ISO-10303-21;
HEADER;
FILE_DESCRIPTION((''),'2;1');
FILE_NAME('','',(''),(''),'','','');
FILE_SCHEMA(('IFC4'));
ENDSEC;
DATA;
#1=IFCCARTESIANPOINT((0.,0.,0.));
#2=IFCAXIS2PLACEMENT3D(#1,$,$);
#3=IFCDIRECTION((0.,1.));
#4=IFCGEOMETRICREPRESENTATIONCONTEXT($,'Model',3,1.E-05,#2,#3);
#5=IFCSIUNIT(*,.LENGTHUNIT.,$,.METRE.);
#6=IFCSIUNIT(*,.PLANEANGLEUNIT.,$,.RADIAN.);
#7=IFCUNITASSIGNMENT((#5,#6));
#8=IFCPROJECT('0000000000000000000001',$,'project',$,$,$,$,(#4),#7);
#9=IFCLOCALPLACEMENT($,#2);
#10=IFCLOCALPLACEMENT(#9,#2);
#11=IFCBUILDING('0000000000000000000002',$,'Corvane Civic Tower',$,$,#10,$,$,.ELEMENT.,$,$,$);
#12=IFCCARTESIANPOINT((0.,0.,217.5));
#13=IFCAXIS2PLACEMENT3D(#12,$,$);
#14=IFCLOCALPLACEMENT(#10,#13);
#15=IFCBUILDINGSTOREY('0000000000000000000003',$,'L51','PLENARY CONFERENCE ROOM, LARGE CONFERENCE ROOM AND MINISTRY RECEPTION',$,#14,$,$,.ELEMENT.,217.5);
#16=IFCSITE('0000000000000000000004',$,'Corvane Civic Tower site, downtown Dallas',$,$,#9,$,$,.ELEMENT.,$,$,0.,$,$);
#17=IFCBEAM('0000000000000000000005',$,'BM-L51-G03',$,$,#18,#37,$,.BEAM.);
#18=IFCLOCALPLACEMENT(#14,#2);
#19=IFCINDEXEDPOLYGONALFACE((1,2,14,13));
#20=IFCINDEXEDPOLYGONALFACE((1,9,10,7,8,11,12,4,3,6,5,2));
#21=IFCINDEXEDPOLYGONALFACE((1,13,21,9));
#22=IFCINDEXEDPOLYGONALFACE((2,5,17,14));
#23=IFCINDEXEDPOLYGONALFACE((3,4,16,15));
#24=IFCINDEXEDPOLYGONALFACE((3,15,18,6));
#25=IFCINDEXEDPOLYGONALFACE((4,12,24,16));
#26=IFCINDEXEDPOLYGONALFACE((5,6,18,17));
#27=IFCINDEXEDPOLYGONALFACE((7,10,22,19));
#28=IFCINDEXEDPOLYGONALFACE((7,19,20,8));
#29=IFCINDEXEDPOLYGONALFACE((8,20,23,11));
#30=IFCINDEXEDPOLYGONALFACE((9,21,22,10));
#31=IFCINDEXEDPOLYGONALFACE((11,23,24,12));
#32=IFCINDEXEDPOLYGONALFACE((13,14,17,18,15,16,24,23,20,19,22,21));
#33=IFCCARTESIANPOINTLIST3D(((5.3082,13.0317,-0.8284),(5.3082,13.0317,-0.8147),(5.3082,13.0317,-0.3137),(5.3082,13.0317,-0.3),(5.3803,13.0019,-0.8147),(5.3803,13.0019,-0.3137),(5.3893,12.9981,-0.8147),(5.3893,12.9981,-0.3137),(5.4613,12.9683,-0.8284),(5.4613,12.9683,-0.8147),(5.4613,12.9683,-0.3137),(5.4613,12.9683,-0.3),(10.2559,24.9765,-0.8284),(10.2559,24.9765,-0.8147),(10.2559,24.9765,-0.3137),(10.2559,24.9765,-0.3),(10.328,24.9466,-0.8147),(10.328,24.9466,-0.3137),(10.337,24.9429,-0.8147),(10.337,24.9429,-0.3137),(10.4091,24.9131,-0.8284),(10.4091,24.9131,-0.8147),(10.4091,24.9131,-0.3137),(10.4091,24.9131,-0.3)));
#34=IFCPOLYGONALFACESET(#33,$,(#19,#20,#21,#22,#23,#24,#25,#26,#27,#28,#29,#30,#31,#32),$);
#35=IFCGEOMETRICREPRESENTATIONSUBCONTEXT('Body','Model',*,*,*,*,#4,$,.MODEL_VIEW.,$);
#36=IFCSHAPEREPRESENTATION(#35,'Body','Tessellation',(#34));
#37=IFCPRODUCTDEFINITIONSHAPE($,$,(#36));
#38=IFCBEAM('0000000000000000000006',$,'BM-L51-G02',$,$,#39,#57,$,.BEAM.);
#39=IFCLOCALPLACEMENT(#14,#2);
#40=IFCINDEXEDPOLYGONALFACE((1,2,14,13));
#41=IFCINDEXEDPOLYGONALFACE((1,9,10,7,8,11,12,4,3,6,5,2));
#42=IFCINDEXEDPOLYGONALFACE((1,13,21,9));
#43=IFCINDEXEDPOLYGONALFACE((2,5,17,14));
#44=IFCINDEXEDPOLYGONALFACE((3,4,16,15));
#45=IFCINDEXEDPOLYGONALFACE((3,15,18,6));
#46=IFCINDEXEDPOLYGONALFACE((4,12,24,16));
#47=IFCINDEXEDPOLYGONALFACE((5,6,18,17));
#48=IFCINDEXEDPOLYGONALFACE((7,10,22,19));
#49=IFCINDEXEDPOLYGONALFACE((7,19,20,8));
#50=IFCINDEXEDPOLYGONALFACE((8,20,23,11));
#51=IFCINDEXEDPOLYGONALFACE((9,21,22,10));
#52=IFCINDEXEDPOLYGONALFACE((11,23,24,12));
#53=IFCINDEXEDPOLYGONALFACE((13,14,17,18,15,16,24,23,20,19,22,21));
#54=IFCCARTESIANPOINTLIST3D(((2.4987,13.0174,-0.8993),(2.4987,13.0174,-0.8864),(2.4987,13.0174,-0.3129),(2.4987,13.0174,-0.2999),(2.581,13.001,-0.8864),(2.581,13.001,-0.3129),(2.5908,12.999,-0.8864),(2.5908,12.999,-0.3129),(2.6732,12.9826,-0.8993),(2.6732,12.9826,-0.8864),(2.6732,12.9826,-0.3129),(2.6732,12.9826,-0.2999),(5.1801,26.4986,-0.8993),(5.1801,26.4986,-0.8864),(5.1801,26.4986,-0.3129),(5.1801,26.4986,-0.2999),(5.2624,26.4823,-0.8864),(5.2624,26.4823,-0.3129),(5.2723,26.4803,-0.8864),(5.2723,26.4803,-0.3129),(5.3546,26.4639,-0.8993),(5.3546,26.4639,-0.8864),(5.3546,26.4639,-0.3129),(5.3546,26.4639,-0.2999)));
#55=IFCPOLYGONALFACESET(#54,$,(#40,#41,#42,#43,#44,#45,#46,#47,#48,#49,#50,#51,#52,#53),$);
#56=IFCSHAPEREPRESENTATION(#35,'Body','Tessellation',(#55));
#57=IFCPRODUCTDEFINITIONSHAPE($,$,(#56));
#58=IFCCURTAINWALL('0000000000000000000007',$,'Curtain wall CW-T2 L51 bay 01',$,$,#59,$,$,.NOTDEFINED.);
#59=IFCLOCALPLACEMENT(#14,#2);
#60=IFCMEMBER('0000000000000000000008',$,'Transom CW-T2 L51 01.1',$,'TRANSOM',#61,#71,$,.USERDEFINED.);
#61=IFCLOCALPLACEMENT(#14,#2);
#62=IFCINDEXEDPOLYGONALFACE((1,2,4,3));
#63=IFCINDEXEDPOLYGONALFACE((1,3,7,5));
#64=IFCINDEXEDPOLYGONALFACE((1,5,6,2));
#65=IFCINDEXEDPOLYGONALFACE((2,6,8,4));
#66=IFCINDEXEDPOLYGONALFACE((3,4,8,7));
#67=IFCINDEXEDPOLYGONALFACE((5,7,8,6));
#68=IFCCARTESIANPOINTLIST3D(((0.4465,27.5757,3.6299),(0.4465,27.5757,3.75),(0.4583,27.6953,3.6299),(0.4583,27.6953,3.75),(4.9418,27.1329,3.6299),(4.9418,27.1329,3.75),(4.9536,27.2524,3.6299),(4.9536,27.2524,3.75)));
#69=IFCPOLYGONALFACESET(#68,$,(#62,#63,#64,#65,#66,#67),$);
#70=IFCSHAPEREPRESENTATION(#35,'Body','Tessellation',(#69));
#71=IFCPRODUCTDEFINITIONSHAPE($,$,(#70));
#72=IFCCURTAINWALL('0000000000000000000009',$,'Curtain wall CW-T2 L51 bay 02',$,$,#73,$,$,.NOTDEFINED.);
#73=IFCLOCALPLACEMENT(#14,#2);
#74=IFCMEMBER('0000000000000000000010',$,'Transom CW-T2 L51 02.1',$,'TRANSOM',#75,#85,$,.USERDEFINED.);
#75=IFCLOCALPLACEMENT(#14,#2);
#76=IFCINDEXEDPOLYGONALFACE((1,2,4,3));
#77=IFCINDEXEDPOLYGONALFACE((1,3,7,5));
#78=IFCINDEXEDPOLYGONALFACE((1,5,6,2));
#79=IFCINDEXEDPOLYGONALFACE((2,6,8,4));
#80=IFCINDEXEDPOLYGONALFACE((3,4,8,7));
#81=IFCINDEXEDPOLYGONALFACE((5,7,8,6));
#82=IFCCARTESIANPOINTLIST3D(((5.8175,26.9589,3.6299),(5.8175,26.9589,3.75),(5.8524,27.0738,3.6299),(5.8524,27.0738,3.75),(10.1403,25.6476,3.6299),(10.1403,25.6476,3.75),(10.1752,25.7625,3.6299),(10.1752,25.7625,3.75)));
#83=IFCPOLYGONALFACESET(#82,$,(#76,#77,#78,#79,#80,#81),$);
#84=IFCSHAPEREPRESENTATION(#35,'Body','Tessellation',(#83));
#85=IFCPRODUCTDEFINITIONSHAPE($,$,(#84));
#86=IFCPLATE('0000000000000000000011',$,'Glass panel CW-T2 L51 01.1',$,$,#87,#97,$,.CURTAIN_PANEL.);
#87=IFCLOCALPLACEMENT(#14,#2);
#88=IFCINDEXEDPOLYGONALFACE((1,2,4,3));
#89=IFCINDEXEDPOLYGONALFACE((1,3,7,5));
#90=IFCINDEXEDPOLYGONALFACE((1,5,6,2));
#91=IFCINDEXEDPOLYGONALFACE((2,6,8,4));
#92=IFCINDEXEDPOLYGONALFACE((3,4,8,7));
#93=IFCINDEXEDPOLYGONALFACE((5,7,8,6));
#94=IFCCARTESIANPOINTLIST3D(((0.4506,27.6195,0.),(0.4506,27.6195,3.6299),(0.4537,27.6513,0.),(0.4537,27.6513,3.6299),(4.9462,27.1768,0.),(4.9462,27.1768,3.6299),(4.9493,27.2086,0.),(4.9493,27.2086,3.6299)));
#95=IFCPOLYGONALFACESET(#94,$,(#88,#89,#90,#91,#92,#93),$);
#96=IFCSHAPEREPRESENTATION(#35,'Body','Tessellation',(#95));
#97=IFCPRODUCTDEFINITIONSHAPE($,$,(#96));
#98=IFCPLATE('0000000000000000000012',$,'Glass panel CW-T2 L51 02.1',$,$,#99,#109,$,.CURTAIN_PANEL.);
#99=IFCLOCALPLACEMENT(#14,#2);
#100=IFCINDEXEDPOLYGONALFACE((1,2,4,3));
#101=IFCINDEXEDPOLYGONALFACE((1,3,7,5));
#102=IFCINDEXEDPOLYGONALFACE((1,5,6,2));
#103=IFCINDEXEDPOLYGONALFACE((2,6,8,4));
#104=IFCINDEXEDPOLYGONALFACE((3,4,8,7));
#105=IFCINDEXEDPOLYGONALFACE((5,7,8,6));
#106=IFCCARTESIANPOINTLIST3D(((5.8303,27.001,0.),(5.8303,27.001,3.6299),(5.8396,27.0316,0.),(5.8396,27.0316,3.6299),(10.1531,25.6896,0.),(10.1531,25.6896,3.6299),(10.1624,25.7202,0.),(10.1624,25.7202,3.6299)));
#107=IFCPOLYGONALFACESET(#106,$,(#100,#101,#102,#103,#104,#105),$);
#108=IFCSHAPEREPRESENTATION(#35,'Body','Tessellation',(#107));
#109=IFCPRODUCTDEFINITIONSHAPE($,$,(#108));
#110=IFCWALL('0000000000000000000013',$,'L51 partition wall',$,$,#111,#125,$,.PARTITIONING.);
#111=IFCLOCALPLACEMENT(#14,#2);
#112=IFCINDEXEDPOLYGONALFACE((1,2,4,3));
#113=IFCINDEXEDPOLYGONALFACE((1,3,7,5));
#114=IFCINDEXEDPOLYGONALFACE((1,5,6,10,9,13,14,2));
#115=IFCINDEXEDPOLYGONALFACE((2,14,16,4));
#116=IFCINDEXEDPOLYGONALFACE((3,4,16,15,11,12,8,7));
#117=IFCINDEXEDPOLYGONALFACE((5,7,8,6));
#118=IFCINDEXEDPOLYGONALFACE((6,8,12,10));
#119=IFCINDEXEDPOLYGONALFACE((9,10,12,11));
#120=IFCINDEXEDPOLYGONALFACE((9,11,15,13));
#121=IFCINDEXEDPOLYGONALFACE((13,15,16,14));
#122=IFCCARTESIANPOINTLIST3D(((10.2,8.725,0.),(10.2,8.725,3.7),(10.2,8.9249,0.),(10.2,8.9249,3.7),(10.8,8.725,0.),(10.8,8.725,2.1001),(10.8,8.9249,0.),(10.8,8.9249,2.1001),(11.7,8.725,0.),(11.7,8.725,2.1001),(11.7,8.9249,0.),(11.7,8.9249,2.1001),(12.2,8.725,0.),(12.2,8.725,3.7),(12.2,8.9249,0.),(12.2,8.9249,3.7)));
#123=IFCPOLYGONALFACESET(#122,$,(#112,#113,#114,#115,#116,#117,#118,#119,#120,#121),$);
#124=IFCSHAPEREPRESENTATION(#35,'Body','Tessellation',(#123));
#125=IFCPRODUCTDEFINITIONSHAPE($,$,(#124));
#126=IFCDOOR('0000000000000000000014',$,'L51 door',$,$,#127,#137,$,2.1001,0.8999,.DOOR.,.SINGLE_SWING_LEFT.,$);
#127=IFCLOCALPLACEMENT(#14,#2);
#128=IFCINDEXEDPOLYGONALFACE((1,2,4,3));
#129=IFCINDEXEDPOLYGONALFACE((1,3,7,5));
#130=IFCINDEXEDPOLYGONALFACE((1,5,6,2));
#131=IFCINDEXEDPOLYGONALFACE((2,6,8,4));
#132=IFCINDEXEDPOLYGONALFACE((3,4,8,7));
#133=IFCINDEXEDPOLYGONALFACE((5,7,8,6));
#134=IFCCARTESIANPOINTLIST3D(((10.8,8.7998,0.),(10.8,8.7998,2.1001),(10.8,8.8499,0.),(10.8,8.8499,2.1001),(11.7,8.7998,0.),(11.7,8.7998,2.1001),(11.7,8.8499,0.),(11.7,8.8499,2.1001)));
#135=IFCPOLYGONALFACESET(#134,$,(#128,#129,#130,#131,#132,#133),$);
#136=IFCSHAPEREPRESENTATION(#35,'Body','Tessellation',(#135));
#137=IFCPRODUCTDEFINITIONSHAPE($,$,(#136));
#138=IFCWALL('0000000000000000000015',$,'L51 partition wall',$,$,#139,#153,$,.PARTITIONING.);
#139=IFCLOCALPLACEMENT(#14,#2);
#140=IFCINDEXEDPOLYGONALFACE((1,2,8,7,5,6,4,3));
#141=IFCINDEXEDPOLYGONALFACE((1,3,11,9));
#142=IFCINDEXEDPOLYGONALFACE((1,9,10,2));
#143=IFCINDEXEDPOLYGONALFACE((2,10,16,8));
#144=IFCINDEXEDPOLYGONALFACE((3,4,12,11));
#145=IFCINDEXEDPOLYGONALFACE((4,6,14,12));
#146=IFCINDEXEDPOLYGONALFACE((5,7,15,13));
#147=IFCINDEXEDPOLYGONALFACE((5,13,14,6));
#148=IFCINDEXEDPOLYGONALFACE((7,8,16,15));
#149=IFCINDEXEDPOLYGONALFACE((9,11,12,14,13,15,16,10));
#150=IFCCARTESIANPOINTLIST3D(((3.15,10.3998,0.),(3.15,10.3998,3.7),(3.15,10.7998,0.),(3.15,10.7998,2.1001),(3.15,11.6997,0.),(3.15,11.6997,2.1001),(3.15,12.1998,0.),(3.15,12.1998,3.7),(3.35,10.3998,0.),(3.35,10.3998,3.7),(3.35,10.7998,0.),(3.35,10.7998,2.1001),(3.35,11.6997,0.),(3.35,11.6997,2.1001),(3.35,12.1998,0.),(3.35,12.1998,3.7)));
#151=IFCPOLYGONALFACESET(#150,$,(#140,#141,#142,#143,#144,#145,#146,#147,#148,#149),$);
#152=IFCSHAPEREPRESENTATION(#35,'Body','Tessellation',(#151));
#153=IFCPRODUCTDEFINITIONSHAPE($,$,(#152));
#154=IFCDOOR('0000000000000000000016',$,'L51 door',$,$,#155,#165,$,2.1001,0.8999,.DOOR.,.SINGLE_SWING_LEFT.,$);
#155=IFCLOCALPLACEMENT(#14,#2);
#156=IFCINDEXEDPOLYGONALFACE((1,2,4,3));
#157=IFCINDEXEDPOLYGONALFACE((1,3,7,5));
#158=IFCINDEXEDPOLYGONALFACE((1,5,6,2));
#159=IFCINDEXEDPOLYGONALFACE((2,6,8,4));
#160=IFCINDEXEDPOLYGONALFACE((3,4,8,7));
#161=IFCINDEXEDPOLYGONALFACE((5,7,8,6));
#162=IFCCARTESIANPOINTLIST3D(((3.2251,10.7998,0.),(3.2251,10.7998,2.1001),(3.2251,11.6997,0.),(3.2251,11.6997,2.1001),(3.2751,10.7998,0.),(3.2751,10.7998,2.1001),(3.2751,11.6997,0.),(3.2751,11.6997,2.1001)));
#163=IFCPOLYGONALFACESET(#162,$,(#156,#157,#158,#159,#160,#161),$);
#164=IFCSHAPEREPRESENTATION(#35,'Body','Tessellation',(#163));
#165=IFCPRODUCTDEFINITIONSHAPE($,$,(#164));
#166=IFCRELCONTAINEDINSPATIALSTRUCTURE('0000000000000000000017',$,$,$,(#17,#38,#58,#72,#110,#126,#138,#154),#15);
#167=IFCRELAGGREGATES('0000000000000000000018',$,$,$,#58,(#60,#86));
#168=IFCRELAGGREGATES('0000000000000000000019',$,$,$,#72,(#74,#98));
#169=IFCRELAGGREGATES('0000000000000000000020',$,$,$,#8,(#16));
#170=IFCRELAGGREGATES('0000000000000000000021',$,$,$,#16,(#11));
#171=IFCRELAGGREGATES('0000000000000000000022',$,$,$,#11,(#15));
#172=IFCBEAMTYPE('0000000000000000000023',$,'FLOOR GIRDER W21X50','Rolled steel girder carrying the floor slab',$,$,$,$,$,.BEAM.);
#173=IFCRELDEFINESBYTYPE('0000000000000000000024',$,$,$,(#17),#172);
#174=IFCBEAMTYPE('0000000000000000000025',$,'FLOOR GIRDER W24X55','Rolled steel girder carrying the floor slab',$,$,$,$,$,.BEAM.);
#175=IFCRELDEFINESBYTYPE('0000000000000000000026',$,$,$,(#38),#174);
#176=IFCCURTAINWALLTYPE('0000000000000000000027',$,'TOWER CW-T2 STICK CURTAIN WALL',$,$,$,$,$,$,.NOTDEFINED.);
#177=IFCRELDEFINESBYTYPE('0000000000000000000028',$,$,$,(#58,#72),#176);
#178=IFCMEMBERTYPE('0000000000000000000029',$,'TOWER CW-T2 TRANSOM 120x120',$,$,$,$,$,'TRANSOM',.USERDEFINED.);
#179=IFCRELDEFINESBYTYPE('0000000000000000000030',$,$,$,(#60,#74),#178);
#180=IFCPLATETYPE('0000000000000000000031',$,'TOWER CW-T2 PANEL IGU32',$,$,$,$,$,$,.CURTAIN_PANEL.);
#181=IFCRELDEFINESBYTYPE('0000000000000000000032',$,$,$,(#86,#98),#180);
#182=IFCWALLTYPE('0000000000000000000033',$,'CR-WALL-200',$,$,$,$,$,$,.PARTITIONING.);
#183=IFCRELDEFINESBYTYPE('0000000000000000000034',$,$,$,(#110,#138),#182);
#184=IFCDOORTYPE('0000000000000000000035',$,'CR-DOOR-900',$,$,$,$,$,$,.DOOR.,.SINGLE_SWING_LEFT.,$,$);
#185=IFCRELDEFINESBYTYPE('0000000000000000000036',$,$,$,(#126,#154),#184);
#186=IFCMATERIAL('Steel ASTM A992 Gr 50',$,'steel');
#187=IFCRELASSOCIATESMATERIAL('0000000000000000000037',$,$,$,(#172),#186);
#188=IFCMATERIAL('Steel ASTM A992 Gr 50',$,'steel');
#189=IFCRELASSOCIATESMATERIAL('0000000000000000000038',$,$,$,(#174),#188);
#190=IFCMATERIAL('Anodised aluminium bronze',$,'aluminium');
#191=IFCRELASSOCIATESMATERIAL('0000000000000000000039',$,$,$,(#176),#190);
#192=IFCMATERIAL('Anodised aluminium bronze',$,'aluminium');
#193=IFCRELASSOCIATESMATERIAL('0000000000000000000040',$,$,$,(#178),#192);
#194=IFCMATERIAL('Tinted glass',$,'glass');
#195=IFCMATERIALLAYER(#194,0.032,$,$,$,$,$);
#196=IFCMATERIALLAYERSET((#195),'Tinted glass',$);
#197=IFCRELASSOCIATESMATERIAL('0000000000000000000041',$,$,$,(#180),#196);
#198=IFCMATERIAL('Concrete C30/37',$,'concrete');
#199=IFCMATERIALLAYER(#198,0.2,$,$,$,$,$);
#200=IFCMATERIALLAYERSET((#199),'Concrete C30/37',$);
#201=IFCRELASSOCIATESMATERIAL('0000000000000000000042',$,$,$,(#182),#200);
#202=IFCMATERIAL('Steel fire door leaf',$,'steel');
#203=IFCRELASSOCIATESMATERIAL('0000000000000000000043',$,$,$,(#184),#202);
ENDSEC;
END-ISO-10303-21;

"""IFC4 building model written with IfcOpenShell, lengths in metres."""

from ifc_helpers import new_model, si_unit, direction, frame, frame_2d, origin, origin_2d, place, context, subcontext, project, spatial, rectangle, i_section, extrude, material, layer, layer_set, material_profile, profile_set, type_object, element, fill, aggregate, save


model = new_model("IFC4")

# Units and contexts
model_context = context("Model", 3, precision=1e-05, world=origin(), true_north=direction((0.0, 1.0)))
body_context = subcontext(model_context, "Body", "Model", "MODEL_VIEW")
ifc_project = project(units=[si_unit("LENGTHUNIT", "METRE"), si_unit("PLANEANGLEUNIT", "RADIAN")], contexts=[model_context])

# Site, building, storey
site_placement = place(None, origin())
site = spatial("IfcSite", under=ifc_project, at=site_placement, Name="Corvane Civic Tower site, downtown Dallas", CompositionType="ELEMENT", RefElevation=0.0)
building_placement = place(site_placement, origin())
building = spatial("IfcBuilding", under=site, at=building_placement, Name="Corvane Civic Tower", CompositionType="ELEMENT")
storey_placement = place(building_placement, frame((0.0, 0.0, 217.5)))
storey = spatial("IfcBuildingStorey", under=building, at=storey_placement, Name="L51", Description="PLENARY CONFERENCE ROOM, LARGE CONFERENCE ROOM AND MINISTRY RECEPTION", CompositionType="ELEMENT", Elevation=217.5)

# Beams
ifc_material_1 = material(Name="Steel ASTM A992 Gr 50", Category="steel")
ifc_material_profile_1 = material_profile(ifc_material_1, i_section(OverallWidth=0.1658, OverallDepth=0.5283, WebThickness=0.0098, FlangeThickness=0.0137, at=origin_2d()), Name="W21X50")
ifc_profile_set_1 = profile_set([ifc_material_profile_1], Name="Steel ASTM A992 Gr 50")
beam_type_1 = type_object("IfcBeamType", Name="FLOOR GIRDER W21X50", Description="Rolled steel girder carrying the floor slab", PredefinedType="BEAM", material=ifc_profile_set_1)
beam_1_placement = place(storey_placement, frame((5.3848, 13.0, -0.5642), z_axis=(0.382686, 0.923878, 0.0), x_axis=(-0.923878, 0.382686, 0.0)))
element("IfcBeam", 1, at=beam_1_placement, inside=storey, type_object=beam_type_1, Name="BM-L51-G03", PredefinedType="BEAM", context=body_context, shape_type="SweptSolid", body=[
    extrude(i_section(OverallWidth=0.1658, OverallDepth=0.5283, WebThickness=0.0098, FlangeThickness=0.0137, at=origin_2d()), origin(), (0.0, 0.0, 1.0), 12.929),
])
ifc_material_2 = material(Name="Steel ASTM A992 Gr 50", Category="steel")
ifc_material_profile_2 = material_profile(ifc_material_2, i_section(OverallWidth=0.178, OverallDepth=0.5994, WebThickness=0.01, FlangeThickness=0.0129, at=origin_2d()), Name="W24X55")
ifc_profile_set_2 = profile_set([ifc_material_profile_2], Name="Steel ASTM A992 Gr 50")
beam_type_2 = type_object("IfcBeamType", Name="FLOOR GIRDER W24X55", Description="Rolled steel girder carrying the floor slab", PredefinedType="BEAM", material=ifc_profile_set_2)
beam_2_placement = place(storey_placement, frame((2.5859, 13.0, -0.5996), z_axis=(0.195078, 0.980788, 0.0), x_axis=(-0.980788, 0.195078, 0.0)))
element("IfcBeam", 2, at=beam_2_placement, inside=storey, type_object=beam_type_2, Name="BM-L51-G02", PredefinedType="BEAM", context=body_context, shape_type="SweptSolid", body=[
    extrude(i_section(OverallWidth=0.178, OverallDepth=0.5994, WebThickness=0.01, FlangeThickness=0.0129, at=origin_2d()), origin(), (0.0, 0.0, 1.0), 13.7454),
])

# Curtain walls, members
ifc_material_3 = material(Name="Anodised aluminium bronze", Category="aluminium")
curtain_wall_type = type_object("IfcCurtainWallType", Name="TOWER CW-T2 STICK CURTAIN WALL", PredefinedType="NOTDEFINED", material=ifc_material_3)
curtain_wall_1_placement = place(storey_placement, origin())
curtain_wall_1 = element("IfcCurtainWall", 3, at=curtain_wall_1_placement, inside=storey, type_object=curtain_wall_type, Name="Curtain wall CW-T2 L51 bay 01", PredefinedType="NOTDEFINED")
ifc_material_4 = material(Name="Anodised aluminium bronze", Category="aluminium")
ifc_material_profile_3 = material_profile(ifc_material_4, rectangle(XDim=0.1201, YDim=0.1201, at=origin_2d()), Name="TOWER CW-T2 TRANSOM 120x120")
ifc_profile_set_3 = profile_set([ifc_material_profile_3], Name="Anodised aluminium bronze")
member_type = type_object("IfcMemberType", Name="TOWER CW-T2 TRANSOM 120x120", ElementType="TRANSOM", PredefinedType="USERDEFINED", material=ifc_profile_set_3)
member_1_placement = place(storey_placement, frame((0.4524, 27.6355, 3.6899), z_axis=(0.995182, -0.098043, 0.0), x_axis=(0.098043, 0.995182, 0.0)))
member_1 = element("IfcMember", 4, at=member_1_placement, type_object=member_type, Name="Transom CW-T2 L51 01.1", ObjectType="TRANSOM", PredefinedType="USERDEFINED", context=body_context, shape_type="SweptSolid", body=[
    extrude(rectangle(XDim=0.1201, YDim=0.1201, at=origin_2d()), origin(), (0.0, 0.0, 1.0), 4.5171),
])
curtain_wall_2_placement = place(storey_placement, origin())
curtain_wall_2 = element("IfcCurtainWall", 5, at=curtain_wall_2_placement, inside=storey, type_object=curtain_wall_type, Name="Curtain wall CW-T2 L51 bay 02", PredefinedType="NOTDEFINED")
member_2_placement = place(storey_placement, frame((5.835, 27.0164, 3.6899), z_axis=(0.956941, -0.290282, 0.0), x_axis=(0.290282, 0.956941, 0.0)))
member_2 = element("IfcMember", 6, at=member_2_placement, type_object=member_type, Name="Transom CW-T2 L51 02.1", ObjectType="TRANSOM", PredefinedType="USERDEFINED", context=body_context, shape_type="SweptSolid", body=[
    extrude(rectangle(XDim=0.1201, YDim=0.1201, at=origin_2d()), origin(), (0.0, 0.0, 1.0), 4.5173),
])

# Plates
ifc_material_5 = material(Name="Tinted glass", Category="glass")
ifc_layer_1 = layer(ifc_material_5, 0.032)
ifc_layer_set_1 = layer_set([ifc_layer_1], Name="Tinted glass")
plate_type = type_object("IfcPlateType", Name="TOWER CW-T2 PANEL IGU32", PredefinedType="CURTAIN_PANEL", material=ifc_layer_set_1)
plate_1_placement = place(storey_placement, frame((2.7, 27.4141, 0.0), z_axis=(0.0, 0.0, 1.0), x_axis=(0.995187, -0.097993, 0.0)))
plate_1 = element("IfcPlate", 7, at=plate_1_placement, type_object=plate_type, Name="Glass panel CW-T2 L51 01.1", PredefinedType="CURTAIN_PANEL", context=body_context, shape_type="SweptSolid", body=[
    extrude(rectangle(XDim=4.5173, YDim=0.032, at=origin_2d()), origin(), (0.0, 0.0, 1.0), 3.6299),
])
aggregate(curtain_wall_1, [member_1, plate_1])
plate_2_placement = place(storey_placement, frame((7.9963, 26.3606, 0.0), z_axis=(0.0, 0.0, 1.0), x_axis=(0.956939, -0.29029, 0.0)))
plate_2 = element("IfcPlate", 8, at=plate_2_placement, type_object=plate_type, Name="Glass panel CW-T2 L51 02.1", PredefinedType="CURTAIN_PANEL", context=body_context, shape_type="SweptSolid", body=[
    extrude(rectangle(XDim=4.5173, YDim=0.032, at=origin_2d()), origin(), (0.0, 0.0, 1.0), 3.6299),
])
aggregate(curtain_wall_2, [member_2, plate_2])

# Walls, openings, doors
ifc_material_6 = material(Name="Concrete C30/37", Category="concrete")
ifc_layer_2 = layer(ifc_material_6, 0.2)
ifc_layer_set_2 = layer_set([ifc_layer_2], Name="Concrete C30/37")
wall_type = type_object("IfcWallType", Name="CR-WALL-200", PredefinedType="PARTITIONING", material=ifc_layer_set_2)
wall_1_placement = place(storey_placement, frame((10.2, 8.825, 0.0), z_axis=(0.0, 0.0, 1.0), x_axis=(1.0, 0.0, 0.0)))
wall_1 = element("IfcWall", 9, at=wall_1_placement, inside=storey, type_object=wall_type, Name="L51 partition wall", PredefinedType="PARTITIONING", context=body_context, shape_type="SweptSolid", body=[
    extrude(rectangle(XDim=2.0, YDim=0.2, at=frame_2d((1.0, 0.0))), origin(), (0.0, 0.0, 1.0), 3.7),
])
opening_1_placement = place(wall_1_placement, frame((0.6001, 0.0, 0.0)))
opening_1 = element("IfcOpeningElement", 10, at=opening_1_placement, cuts=wall_1, PredefinedType="OPENING", context=body_context, shape_type="SweptSolid", body=[
    extrude(rectangle(XDim=0.8999, YDim=2.1001, at=frame_2d((0.45, 1.05))), frame((0.0, 0.1099, 0.0), z_axis=(0.0, -1.0, 0.0), x_axis=(1.0, 0.0, 0.0)), (0.0, 0.0, 1.0), 0.22),
])
ifc_material_7 = material(Name="Steel fire door leaf", Category="steel")
door_type = type_object("IfcDoorType", Name="CR-DOOR-900", OperationType="SINGLE_SWING_LEFT", PredefinedType="DOOR", material=ifc_material_7)
door_1_placement = place(opening_1_placement, origin())
door_1 = element("IfcDoor", 11, at=door_1_placement, inside=storey, type_object=door_type, Name="L51 door", OperationType="SINGLE_SWING_LEFT", OverallHeight=2.1001, OverallWidth=0.8999, PredefinedType="DOOR", context=body_context, shape_type="SweptSolid", body=[
    extrude(rectangle(XDim=0.8999, YDim=2.1001, at=frame_2d((0.45, 1.05))), frame((0.0, 0.0249, 0.0), z_axis=(0.0, -1.0, 0.0), x_axis=(1.0, 0.0, 0.0)), (0.0, 0.0, 1.0), 0.05),
])
fill(opening_1, door_1)
wall_2_placement = place(storey_placement, frame((3.25, 10.3999, 0.0), z_axis=(0.0, 0.0, 1.0), x_axis=(0.0, 1.0, 0.0)))
wall_2 = element("IfcWall", 12, at=wall_2_placement, inside=storey, type_object=wall_type, Name="L51 partition wall", PredefinedType="PARTITIONING", context=body_context, shape_type="SweptSolid", body=[
    extrude(rectangle(XDim=1.8, YDim=0.2, at=frame_2d((0.8999, 0.0))), origin(), (0.0, 0.0, 1.0), 3.7),
])
opening_2_placement = place(wall_2_placement, frame((0.3999, 0.0, 0.0)))
opening_2 = element("IfcOpeningElement", 13, at=opening_2_placement, cuts=wall_2, PredefinedType="OPENING", context=body_context, shape_type="SweptSolid", body=[
    extrude(rectangle(XDim=0.8999, YDim=2.1001, at=frame_2d((0.45, 1.05))), frame((0.0, 0.1099, 0.0), z_axis=(0.0, -1.0, 0.0), x_axis=(1.0, 0.0, 0.0)), (0.0, 0.0, 1.0), 0.22),
])
door_2_placement = place(opening_2_placement, origin())
door_2 = element("IfcDoor", 14, at=door_2_placement, inside=storey, type_object=door_type, Name="L51 door", OperationType="SINGLE_SWING_LEFT", OverallHeight=2.1001, OverallWidth=0.8999, PredefinedType="DOOR", context=body_context, shape_type="SweptSolid", body=[
    extrude(rectangle(XDim=0.8999, YDim=2.1001, at=frame_2d((0.45, 1.05))), frame((0.0, 0.0249, 0.0), z_axis=(0.0, -1.0, 0.0), x_axis=(1.0, 0.0, 0.0)), (0.0, 0.0, 1.0), 0.05),
])
fill(opening_2, door_2)

save(model, "model.ifc")
